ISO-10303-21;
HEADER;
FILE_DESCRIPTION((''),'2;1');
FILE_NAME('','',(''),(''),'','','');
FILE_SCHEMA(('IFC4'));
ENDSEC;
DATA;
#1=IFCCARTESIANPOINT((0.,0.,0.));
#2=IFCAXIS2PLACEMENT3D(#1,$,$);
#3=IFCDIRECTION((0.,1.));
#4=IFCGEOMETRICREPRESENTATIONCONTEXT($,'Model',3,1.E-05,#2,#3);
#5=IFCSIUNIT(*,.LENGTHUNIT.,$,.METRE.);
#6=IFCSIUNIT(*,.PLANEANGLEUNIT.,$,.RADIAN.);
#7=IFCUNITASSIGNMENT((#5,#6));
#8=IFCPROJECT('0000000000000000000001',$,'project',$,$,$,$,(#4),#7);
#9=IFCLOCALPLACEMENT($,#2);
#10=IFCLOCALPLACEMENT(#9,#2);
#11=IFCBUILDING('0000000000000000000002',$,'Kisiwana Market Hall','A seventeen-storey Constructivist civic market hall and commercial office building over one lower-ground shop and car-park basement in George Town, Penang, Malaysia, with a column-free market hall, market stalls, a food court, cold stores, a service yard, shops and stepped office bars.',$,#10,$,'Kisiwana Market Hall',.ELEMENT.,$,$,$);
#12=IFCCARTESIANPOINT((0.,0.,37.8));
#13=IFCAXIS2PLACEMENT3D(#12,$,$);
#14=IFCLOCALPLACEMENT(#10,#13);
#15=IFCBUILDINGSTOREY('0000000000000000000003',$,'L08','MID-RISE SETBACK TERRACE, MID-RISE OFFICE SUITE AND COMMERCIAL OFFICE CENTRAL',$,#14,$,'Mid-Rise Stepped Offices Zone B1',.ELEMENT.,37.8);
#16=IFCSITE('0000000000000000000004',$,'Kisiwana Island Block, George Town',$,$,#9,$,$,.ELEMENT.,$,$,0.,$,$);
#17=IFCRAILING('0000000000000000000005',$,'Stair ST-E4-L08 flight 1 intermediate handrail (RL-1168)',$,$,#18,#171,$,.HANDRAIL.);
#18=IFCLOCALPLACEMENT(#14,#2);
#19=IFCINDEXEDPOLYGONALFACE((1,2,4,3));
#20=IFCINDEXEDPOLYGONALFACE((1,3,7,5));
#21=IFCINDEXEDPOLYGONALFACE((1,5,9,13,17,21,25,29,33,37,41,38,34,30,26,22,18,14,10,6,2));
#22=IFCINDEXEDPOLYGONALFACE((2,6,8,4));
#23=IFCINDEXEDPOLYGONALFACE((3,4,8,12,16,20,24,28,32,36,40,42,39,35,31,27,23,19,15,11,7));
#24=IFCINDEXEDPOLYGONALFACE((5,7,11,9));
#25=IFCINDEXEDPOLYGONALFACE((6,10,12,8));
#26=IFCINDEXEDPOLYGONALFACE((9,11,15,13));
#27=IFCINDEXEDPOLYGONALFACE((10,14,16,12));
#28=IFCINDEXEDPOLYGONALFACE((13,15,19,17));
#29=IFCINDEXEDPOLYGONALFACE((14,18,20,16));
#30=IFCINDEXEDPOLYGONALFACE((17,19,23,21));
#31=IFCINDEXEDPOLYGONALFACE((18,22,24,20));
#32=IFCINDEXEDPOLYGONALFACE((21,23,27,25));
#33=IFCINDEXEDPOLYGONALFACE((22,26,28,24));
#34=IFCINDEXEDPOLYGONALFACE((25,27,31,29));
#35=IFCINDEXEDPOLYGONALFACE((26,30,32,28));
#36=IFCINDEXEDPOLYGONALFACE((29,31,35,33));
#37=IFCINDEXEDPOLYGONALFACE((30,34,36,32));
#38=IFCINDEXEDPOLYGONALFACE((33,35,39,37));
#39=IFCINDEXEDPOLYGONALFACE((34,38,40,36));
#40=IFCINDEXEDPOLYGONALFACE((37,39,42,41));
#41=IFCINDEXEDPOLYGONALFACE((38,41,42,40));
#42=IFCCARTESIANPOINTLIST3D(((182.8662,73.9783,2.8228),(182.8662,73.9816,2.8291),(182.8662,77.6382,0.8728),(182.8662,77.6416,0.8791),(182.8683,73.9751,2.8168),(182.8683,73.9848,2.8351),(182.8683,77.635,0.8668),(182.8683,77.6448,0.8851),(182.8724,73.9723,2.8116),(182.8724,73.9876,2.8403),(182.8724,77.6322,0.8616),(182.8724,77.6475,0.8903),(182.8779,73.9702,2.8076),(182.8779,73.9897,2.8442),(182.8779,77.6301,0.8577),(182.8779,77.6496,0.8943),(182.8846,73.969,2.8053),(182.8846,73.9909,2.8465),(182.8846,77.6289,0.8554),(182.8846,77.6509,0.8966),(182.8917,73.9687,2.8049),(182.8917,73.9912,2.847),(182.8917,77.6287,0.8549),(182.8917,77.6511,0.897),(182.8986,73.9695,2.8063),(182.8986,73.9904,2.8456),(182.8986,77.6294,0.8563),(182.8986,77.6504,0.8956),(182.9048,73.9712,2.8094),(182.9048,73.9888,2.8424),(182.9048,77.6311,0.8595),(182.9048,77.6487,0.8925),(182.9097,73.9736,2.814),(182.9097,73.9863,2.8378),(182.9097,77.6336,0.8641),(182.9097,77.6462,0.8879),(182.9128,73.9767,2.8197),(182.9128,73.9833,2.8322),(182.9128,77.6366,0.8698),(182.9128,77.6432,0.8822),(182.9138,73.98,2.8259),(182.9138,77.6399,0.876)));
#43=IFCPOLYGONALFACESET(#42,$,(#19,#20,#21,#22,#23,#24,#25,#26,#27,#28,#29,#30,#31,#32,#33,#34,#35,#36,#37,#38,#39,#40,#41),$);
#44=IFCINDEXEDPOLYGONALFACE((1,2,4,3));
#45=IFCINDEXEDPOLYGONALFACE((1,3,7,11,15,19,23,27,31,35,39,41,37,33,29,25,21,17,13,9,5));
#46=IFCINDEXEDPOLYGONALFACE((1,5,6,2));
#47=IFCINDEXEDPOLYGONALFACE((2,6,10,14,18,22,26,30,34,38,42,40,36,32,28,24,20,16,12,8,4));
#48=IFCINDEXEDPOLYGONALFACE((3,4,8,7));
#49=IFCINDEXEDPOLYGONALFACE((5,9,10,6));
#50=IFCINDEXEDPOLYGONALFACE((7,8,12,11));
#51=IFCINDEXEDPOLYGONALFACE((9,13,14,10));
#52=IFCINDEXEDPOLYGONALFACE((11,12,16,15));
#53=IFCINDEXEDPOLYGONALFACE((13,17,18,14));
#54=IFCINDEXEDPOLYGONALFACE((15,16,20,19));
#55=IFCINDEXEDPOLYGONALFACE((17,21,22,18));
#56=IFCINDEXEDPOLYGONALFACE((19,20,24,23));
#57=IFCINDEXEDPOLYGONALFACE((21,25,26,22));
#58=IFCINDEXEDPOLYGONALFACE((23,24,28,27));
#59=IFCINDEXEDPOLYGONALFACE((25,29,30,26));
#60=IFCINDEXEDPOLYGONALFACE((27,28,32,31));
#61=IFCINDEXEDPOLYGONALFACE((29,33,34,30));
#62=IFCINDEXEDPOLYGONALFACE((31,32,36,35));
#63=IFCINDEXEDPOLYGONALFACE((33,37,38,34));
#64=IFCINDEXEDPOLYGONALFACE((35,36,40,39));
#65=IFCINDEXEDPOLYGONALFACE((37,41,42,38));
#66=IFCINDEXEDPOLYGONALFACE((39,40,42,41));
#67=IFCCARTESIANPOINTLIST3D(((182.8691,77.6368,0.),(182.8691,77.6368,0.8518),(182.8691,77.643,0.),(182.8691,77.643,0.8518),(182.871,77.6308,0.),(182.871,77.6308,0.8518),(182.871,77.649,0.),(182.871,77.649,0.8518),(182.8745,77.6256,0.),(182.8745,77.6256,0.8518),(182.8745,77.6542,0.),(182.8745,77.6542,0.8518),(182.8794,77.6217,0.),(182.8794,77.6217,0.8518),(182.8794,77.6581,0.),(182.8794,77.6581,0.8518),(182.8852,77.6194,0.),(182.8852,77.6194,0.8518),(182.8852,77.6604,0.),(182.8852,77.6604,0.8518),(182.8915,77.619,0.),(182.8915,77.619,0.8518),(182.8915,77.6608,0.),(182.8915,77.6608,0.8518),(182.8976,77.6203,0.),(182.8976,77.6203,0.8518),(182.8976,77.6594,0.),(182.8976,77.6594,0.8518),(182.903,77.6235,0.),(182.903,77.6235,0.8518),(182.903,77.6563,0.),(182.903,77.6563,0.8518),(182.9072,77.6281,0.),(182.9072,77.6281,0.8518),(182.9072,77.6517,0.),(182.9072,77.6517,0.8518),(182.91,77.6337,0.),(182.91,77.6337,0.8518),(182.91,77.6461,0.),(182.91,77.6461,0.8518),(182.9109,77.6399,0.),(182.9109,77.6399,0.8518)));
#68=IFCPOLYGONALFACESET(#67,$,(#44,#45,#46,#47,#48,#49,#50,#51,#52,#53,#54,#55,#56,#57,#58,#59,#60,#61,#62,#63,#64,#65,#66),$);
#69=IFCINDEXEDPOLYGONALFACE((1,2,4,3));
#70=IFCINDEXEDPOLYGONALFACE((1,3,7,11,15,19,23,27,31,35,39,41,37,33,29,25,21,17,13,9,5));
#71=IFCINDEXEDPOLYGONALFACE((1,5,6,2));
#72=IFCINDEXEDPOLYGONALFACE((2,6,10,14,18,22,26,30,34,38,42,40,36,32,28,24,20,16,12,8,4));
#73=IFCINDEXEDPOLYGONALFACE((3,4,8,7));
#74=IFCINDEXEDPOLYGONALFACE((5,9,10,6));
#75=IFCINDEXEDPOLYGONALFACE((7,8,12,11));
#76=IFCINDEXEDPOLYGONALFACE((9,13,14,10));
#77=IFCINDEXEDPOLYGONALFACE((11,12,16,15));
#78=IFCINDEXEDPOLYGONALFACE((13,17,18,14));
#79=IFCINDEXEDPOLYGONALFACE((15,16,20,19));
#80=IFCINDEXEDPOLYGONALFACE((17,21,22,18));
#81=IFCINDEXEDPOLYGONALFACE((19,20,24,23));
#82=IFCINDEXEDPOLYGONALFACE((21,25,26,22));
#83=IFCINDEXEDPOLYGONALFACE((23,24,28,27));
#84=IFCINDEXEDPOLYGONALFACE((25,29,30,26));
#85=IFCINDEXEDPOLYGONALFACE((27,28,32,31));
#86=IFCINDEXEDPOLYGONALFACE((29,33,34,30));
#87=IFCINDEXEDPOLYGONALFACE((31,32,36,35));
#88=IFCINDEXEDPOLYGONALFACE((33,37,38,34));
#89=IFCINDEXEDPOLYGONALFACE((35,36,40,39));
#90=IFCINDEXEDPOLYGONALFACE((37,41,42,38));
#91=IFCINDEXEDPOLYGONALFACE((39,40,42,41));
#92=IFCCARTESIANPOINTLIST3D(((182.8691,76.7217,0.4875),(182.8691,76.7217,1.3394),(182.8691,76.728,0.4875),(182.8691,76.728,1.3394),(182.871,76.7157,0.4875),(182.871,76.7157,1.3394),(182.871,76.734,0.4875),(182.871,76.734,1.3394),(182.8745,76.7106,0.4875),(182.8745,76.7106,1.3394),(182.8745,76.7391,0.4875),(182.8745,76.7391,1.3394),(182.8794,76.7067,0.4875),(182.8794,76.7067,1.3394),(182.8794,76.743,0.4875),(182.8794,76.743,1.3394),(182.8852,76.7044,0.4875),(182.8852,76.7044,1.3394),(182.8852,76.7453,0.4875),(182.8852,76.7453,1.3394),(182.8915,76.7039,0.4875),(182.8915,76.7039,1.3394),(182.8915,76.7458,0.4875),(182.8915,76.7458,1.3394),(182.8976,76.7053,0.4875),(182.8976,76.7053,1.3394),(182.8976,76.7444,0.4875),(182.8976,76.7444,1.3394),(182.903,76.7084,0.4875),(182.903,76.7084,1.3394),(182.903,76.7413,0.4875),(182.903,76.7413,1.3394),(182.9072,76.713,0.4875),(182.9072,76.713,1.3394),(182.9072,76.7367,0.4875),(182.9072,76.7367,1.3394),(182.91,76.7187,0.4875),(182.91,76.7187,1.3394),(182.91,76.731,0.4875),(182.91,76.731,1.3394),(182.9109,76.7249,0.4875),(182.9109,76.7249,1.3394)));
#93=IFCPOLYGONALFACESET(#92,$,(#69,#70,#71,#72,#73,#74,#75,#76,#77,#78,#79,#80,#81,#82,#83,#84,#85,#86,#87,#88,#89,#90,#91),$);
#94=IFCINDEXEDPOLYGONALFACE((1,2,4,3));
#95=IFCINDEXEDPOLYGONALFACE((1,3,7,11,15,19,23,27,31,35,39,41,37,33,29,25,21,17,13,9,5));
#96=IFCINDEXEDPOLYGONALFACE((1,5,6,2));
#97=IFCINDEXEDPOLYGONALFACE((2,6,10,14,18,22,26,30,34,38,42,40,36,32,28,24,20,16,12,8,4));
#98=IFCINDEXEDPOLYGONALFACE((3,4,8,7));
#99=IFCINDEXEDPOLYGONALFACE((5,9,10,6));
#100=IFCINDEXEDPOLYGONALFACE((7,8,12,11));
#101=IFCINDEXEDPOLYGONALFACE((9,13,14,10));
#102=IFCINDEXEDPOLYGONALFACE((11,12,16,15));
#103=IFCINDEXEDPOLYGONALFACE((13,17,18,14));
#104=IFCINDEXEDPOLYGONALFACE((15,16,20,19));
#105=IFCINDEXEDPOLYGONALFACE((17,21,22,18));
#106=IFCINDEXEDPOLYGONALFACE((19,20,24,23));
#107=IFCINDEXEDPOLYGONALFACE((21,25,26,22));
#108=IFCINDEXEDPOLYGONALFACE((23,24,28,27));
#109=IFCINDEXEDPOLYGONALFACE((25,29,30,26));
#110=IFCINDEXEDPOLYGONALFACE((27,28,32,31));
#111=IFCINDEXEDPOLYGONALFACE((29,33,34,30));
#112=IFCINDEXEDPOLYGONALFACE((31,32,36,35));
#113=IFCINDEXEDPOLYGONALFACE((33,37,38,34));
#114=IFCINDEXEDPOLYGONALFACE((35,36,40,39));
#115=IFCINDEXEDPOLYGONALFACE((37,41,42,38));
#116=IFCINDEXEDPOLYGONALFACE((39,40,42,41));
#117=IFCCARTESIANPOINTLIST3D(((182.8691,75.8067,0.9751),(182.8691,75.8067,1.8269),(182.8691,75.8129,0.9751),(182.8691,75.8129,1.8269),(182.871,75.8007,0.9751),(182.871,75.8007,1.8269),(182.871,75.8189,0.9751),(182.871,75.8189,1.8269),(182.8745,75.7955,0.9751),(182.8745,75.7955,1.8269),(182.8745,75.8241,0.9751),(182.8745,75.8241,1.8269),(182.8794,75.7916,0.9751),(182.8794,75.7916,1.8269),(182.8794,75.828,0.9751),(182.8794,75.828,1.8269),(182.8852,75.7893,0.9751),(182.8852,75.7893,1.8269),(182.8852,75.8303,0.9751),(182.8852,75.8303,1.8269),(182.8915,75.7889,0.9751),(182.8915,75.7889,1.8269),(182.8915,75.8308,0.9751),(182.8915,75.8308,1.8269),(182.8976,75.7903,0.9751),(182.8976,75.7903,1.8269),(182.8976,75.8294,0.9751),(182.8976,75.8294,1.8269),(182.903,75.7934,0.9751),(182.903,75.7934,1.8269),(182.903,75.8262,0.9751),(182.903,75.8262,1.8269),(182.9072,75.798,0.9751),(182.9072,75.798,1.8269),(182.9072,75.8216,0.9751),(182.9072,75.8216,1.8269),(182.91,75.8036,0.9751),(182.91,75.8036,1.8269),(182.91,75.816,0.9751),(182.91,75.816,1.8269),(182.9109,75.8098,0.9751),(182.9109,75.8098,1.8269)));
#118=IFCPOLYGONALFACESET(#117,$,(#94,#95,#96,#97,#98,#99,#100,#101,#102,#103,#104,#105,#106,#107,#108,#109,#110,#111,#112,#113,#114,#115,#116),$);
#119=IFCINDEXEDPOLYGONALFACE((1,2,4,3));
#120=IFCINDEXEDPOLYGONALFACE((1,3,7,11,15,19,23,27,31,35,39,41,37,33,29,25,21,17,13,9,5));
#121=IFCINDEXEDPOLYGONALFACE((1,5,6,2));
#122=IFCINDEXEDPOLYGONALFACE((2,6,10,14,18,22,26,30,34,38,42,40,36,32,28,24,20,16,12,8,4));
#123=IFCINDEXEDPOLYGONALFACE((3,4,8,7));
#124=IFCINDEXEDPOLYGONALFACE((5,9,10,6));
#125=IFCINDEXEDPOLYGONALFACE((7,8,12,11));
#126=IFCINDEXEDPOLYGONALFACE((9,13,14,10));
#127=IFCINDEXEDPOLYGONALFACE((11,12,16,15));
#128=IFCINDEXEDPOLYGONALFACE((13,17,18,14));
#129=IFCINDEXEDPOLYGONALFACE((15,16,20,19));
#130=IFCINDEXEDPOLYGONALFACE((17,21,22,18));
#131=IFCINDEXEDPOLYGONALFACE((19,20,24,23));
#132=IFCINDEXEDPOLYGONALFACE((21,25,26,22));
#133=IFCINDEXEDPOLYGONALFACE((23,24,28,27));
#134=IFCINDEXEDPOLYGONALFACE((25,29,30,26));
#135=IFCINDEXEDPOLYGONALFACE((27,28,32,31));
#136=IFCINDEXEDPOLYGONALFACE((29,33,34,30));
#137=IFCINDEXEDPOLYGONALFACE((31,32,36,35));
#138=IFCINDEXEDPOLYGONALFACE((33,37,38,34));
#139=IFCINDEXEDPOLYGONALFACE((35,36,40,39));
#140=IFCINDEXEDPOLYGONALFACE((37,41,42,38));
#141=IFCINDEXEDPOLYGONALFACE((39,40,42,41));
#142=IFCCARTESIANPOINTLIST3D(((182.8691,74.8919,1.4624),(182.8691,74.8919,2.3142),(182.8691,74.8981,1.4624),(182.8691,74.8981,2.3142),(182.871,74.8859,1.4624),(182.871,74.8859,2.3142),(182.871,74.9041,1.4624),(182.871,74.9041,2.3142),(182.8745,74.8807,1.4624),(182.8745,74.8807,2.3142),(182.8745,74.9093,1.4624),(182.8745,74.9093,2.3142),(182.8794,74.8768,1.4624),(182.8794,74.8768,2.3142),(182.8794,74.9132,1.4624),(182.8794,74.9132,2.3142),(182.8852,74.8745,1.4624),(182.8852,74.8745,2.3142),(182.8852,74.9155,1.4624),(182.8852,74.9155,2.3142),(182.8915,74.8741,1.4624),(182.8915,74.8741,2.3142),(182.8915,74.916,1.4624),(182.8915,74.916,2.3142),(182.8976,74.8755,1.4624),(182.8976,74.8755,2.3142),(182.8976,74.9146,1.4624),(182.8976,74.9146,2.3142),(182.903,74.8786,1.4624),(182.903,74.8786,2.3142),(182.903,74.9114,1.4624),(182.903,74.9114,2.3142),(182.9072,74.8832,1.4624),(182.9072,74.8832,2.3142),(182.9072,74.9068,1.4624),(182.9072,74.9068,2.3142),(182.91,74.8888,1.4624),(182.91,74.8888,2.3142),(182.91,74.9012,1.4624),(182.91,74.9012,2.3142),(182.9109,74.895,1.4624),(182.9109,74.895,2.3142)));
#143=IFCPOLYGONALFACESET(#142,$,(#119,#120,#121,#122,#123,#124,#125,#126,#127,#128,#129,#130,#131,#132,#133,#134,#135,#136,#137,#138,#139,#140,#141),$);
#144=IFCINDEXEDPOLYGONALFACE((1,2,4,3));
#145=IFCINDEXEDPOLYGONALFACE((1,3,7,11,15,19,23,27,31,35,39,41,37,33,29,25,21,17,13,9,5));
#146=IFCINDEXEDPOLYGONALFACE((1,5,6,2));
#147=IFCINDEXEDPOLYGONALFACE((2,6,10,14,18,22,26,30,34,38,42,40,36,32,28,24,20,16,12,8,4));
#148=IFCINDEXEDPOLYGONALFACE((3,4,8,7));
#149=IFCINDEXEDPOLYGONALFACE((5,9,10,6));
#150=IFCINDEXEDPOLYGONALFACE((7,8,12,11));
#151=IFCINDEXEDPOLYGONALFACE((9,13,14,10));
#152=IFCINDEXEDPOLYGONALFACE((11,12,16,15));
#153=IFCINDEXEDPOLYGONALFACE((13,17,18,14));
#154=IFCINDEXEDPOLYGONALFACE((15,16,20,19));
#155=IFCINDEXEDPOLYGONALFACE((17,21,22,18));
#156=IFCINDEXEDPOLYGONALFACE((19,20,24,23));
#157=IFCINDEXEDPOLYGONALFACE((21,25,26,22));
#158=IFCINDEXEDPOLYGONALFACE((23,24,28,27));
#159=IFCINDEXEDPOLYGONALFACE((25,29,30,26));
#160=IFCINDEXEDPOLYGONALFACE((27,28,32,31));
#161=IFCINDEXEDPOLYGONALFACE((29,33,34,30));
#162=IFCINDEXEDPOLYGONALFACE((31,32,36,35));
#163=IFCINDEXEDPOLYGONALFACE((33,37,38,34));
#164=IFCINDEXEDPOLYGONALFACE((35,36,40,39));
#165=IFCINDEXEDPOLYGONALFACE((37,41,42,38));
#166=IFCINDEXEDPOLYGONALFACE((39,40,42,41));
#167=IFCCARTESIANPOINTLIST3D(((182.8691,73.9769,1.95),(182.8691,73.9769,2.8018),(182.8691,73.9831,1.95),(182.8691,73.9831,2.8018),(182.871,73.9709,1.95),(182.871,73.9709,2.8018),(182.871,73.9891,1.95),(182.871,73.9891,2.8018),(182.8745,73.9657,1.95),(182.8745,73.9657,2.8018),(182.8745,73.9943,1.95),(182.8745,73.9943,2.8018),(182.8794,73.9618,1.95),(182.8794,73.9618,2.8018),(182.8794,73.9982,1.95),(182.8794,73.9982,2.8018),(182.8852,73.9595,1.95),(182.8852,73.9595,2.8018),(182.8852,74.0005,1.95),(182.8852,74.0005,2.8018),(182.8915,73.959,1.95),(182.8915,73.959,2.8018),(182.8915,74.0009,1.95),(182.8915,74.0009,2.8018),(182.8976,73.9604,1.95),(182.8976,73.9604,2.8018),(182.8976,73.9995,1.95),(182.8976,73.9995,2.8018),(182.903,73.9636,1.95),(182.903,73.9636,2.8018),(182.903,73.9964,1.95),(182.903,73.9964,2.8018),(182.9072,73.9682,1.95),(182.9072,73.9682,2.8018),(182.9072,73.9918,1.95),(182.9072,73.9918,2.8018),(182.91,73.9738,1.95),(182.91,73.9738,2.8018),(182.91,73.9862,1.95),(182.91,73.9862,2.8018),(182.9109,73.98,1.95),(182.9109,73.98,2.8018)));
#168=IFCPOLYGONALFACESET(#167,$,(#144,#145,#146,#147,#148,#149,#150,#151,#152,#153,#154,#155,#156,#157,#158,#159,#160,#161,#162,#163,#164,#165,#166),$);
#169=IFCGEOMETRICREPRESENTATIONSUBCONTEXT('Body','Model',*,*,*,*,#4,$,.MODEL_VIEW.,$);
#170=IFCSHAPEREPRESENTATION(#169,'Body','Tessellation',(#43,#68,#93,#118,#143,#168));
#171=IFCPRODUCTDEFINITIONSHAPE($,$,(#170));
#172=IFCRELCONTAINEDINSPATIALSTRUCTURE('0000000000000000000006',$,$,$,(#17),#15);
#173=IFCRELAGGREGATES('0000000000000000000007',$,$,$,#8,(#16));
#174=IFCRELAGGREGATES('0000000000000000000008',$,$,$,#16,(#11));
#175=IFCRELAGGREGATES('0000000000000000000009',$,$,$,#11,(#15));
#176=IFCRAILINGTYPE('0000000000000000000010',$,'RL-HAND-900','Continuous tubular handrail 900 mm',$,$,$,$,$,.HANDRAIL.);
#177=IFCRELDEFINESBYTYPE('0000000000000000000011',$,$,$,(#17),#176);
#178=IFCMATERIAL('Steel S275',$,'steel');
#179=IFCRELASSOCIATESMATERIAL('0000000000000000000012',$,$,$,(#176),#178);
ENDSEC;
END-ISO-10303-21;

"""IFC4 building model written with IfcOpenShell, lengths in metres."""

from ifc_helpers import new_model, si_unit, direction, frame, origin, origin_2d, place, context, subcontext, project, spatial, circle, extrude, material, type_object, element, save


model = new_model("IFC4")

# Units and contexts
model_context = context("Model", 3, precision=1e-05, world=origin(), true_north=direction((0.0, 1.0)))
body_context = subcontext(model_context, "Body", "Model", "MODEL_VIEW")
ifc_project = project(units=[si_unit("LENGTHUNIT", "METRE"), si_unit("PLANEANGLEUNIT", "RADIAN")], contexts=[model_context])

# Site, building, storey
site_placement = place(None, origin())
site = spatial("IfcSite", under=ifc_project, at=site_placement, Name="Kisiwana Island Block, George Town", CompositionType="ELEMENT", RefElevation=0.0)
building_placement = place(site_placement, origin())
building = spatial("IfcBuilding", under=site, at=building_placement, Name="Kisiwana Market Hall", Description="A seventeen-storey Constructivist civic market hall and commercial office building over one lower-ground shop and car-park basement in George Town, Penang, Malaysia, with a column-free market hall, market stalls, a food court, cold stores, a service yard, shops and stepped office bars.", LongName="Kisiwana Market Hall", CompositionType="ELEMENT")
storey_placement = place(building_placement, frame((0.0, 0.0, 37.8)))
storey = spatial("IfcBuildingStorey", under=building, at=storey_placement, Name="L08", Description="MID-RISE SETBACK TERRACE, MID-RISE OFFICE SUITE AND COMMERCIAL OFFICE CENTRAL", LongName="Mid-Rise Stepped Offices Zone B1", CompositionType="ELEMENT", Elevation=37.8)

# Railing
ifc_material_1 = material(Name="Steel S275", Category="steel")
railing_type_1 = type_object("IfcRailingType", Name="RL-HAND-900", Description="Continuous tubular handrail 900 mm", PredefinedType="HANDRAIL", material=ifc_material_1)
railing_1_placement = place(storey_placement, frame((182.8899, 77.6399, 0.0)))
element("IfcRailing", 1, at=railing_1_placement, inside=storey, type_object=railing_type_1, Name="Stair ST-E4-L08 flight 1 intermediate handrail (RL-1168)", PredefinedType="HANDRAIL", context=body_context, shape_type="SweptSolid", body=[
    extrude(circle(Radius=0.0239, at=origin_2d()), frame((0.0, 0.0, 0.876), z_axis=(0.0, -0.882553, 0.470212), x_axis=(1.0, 0.0, 0.0)), (0.0, 0.0, 1.0), 4.147),
    extrude(circle(Radius=0.021, at=origin_2d()), origin(), (0.0, 0.0, 1.0), 0.8518),
    extrude(circle(Radius=0.021, at=origin_2d()), frame((0.0, -0.915, 0.4875)), (0.0, 0.0, 1.0), 0.8518),
    extrude(circle(Radius=0.021, at=origin_2d()), frame((0.0, -1.8301, 0.9751)), (0.0, 0.0, 1.0), 0.8518),
    extrude(circle(Radius=0.021, at=origin_2d()), frame((0.0, -2.7449, 1.4624)), (0.0, 0.0, 1.0), 0.8518),
    extrude(circle(Radius=0.021, at=origin_2d()), frame((0.0, -3.6599, 1.95)), (0.0, 0.0, 1.0), 0.8518),
])

save(model, "model.ifc")
